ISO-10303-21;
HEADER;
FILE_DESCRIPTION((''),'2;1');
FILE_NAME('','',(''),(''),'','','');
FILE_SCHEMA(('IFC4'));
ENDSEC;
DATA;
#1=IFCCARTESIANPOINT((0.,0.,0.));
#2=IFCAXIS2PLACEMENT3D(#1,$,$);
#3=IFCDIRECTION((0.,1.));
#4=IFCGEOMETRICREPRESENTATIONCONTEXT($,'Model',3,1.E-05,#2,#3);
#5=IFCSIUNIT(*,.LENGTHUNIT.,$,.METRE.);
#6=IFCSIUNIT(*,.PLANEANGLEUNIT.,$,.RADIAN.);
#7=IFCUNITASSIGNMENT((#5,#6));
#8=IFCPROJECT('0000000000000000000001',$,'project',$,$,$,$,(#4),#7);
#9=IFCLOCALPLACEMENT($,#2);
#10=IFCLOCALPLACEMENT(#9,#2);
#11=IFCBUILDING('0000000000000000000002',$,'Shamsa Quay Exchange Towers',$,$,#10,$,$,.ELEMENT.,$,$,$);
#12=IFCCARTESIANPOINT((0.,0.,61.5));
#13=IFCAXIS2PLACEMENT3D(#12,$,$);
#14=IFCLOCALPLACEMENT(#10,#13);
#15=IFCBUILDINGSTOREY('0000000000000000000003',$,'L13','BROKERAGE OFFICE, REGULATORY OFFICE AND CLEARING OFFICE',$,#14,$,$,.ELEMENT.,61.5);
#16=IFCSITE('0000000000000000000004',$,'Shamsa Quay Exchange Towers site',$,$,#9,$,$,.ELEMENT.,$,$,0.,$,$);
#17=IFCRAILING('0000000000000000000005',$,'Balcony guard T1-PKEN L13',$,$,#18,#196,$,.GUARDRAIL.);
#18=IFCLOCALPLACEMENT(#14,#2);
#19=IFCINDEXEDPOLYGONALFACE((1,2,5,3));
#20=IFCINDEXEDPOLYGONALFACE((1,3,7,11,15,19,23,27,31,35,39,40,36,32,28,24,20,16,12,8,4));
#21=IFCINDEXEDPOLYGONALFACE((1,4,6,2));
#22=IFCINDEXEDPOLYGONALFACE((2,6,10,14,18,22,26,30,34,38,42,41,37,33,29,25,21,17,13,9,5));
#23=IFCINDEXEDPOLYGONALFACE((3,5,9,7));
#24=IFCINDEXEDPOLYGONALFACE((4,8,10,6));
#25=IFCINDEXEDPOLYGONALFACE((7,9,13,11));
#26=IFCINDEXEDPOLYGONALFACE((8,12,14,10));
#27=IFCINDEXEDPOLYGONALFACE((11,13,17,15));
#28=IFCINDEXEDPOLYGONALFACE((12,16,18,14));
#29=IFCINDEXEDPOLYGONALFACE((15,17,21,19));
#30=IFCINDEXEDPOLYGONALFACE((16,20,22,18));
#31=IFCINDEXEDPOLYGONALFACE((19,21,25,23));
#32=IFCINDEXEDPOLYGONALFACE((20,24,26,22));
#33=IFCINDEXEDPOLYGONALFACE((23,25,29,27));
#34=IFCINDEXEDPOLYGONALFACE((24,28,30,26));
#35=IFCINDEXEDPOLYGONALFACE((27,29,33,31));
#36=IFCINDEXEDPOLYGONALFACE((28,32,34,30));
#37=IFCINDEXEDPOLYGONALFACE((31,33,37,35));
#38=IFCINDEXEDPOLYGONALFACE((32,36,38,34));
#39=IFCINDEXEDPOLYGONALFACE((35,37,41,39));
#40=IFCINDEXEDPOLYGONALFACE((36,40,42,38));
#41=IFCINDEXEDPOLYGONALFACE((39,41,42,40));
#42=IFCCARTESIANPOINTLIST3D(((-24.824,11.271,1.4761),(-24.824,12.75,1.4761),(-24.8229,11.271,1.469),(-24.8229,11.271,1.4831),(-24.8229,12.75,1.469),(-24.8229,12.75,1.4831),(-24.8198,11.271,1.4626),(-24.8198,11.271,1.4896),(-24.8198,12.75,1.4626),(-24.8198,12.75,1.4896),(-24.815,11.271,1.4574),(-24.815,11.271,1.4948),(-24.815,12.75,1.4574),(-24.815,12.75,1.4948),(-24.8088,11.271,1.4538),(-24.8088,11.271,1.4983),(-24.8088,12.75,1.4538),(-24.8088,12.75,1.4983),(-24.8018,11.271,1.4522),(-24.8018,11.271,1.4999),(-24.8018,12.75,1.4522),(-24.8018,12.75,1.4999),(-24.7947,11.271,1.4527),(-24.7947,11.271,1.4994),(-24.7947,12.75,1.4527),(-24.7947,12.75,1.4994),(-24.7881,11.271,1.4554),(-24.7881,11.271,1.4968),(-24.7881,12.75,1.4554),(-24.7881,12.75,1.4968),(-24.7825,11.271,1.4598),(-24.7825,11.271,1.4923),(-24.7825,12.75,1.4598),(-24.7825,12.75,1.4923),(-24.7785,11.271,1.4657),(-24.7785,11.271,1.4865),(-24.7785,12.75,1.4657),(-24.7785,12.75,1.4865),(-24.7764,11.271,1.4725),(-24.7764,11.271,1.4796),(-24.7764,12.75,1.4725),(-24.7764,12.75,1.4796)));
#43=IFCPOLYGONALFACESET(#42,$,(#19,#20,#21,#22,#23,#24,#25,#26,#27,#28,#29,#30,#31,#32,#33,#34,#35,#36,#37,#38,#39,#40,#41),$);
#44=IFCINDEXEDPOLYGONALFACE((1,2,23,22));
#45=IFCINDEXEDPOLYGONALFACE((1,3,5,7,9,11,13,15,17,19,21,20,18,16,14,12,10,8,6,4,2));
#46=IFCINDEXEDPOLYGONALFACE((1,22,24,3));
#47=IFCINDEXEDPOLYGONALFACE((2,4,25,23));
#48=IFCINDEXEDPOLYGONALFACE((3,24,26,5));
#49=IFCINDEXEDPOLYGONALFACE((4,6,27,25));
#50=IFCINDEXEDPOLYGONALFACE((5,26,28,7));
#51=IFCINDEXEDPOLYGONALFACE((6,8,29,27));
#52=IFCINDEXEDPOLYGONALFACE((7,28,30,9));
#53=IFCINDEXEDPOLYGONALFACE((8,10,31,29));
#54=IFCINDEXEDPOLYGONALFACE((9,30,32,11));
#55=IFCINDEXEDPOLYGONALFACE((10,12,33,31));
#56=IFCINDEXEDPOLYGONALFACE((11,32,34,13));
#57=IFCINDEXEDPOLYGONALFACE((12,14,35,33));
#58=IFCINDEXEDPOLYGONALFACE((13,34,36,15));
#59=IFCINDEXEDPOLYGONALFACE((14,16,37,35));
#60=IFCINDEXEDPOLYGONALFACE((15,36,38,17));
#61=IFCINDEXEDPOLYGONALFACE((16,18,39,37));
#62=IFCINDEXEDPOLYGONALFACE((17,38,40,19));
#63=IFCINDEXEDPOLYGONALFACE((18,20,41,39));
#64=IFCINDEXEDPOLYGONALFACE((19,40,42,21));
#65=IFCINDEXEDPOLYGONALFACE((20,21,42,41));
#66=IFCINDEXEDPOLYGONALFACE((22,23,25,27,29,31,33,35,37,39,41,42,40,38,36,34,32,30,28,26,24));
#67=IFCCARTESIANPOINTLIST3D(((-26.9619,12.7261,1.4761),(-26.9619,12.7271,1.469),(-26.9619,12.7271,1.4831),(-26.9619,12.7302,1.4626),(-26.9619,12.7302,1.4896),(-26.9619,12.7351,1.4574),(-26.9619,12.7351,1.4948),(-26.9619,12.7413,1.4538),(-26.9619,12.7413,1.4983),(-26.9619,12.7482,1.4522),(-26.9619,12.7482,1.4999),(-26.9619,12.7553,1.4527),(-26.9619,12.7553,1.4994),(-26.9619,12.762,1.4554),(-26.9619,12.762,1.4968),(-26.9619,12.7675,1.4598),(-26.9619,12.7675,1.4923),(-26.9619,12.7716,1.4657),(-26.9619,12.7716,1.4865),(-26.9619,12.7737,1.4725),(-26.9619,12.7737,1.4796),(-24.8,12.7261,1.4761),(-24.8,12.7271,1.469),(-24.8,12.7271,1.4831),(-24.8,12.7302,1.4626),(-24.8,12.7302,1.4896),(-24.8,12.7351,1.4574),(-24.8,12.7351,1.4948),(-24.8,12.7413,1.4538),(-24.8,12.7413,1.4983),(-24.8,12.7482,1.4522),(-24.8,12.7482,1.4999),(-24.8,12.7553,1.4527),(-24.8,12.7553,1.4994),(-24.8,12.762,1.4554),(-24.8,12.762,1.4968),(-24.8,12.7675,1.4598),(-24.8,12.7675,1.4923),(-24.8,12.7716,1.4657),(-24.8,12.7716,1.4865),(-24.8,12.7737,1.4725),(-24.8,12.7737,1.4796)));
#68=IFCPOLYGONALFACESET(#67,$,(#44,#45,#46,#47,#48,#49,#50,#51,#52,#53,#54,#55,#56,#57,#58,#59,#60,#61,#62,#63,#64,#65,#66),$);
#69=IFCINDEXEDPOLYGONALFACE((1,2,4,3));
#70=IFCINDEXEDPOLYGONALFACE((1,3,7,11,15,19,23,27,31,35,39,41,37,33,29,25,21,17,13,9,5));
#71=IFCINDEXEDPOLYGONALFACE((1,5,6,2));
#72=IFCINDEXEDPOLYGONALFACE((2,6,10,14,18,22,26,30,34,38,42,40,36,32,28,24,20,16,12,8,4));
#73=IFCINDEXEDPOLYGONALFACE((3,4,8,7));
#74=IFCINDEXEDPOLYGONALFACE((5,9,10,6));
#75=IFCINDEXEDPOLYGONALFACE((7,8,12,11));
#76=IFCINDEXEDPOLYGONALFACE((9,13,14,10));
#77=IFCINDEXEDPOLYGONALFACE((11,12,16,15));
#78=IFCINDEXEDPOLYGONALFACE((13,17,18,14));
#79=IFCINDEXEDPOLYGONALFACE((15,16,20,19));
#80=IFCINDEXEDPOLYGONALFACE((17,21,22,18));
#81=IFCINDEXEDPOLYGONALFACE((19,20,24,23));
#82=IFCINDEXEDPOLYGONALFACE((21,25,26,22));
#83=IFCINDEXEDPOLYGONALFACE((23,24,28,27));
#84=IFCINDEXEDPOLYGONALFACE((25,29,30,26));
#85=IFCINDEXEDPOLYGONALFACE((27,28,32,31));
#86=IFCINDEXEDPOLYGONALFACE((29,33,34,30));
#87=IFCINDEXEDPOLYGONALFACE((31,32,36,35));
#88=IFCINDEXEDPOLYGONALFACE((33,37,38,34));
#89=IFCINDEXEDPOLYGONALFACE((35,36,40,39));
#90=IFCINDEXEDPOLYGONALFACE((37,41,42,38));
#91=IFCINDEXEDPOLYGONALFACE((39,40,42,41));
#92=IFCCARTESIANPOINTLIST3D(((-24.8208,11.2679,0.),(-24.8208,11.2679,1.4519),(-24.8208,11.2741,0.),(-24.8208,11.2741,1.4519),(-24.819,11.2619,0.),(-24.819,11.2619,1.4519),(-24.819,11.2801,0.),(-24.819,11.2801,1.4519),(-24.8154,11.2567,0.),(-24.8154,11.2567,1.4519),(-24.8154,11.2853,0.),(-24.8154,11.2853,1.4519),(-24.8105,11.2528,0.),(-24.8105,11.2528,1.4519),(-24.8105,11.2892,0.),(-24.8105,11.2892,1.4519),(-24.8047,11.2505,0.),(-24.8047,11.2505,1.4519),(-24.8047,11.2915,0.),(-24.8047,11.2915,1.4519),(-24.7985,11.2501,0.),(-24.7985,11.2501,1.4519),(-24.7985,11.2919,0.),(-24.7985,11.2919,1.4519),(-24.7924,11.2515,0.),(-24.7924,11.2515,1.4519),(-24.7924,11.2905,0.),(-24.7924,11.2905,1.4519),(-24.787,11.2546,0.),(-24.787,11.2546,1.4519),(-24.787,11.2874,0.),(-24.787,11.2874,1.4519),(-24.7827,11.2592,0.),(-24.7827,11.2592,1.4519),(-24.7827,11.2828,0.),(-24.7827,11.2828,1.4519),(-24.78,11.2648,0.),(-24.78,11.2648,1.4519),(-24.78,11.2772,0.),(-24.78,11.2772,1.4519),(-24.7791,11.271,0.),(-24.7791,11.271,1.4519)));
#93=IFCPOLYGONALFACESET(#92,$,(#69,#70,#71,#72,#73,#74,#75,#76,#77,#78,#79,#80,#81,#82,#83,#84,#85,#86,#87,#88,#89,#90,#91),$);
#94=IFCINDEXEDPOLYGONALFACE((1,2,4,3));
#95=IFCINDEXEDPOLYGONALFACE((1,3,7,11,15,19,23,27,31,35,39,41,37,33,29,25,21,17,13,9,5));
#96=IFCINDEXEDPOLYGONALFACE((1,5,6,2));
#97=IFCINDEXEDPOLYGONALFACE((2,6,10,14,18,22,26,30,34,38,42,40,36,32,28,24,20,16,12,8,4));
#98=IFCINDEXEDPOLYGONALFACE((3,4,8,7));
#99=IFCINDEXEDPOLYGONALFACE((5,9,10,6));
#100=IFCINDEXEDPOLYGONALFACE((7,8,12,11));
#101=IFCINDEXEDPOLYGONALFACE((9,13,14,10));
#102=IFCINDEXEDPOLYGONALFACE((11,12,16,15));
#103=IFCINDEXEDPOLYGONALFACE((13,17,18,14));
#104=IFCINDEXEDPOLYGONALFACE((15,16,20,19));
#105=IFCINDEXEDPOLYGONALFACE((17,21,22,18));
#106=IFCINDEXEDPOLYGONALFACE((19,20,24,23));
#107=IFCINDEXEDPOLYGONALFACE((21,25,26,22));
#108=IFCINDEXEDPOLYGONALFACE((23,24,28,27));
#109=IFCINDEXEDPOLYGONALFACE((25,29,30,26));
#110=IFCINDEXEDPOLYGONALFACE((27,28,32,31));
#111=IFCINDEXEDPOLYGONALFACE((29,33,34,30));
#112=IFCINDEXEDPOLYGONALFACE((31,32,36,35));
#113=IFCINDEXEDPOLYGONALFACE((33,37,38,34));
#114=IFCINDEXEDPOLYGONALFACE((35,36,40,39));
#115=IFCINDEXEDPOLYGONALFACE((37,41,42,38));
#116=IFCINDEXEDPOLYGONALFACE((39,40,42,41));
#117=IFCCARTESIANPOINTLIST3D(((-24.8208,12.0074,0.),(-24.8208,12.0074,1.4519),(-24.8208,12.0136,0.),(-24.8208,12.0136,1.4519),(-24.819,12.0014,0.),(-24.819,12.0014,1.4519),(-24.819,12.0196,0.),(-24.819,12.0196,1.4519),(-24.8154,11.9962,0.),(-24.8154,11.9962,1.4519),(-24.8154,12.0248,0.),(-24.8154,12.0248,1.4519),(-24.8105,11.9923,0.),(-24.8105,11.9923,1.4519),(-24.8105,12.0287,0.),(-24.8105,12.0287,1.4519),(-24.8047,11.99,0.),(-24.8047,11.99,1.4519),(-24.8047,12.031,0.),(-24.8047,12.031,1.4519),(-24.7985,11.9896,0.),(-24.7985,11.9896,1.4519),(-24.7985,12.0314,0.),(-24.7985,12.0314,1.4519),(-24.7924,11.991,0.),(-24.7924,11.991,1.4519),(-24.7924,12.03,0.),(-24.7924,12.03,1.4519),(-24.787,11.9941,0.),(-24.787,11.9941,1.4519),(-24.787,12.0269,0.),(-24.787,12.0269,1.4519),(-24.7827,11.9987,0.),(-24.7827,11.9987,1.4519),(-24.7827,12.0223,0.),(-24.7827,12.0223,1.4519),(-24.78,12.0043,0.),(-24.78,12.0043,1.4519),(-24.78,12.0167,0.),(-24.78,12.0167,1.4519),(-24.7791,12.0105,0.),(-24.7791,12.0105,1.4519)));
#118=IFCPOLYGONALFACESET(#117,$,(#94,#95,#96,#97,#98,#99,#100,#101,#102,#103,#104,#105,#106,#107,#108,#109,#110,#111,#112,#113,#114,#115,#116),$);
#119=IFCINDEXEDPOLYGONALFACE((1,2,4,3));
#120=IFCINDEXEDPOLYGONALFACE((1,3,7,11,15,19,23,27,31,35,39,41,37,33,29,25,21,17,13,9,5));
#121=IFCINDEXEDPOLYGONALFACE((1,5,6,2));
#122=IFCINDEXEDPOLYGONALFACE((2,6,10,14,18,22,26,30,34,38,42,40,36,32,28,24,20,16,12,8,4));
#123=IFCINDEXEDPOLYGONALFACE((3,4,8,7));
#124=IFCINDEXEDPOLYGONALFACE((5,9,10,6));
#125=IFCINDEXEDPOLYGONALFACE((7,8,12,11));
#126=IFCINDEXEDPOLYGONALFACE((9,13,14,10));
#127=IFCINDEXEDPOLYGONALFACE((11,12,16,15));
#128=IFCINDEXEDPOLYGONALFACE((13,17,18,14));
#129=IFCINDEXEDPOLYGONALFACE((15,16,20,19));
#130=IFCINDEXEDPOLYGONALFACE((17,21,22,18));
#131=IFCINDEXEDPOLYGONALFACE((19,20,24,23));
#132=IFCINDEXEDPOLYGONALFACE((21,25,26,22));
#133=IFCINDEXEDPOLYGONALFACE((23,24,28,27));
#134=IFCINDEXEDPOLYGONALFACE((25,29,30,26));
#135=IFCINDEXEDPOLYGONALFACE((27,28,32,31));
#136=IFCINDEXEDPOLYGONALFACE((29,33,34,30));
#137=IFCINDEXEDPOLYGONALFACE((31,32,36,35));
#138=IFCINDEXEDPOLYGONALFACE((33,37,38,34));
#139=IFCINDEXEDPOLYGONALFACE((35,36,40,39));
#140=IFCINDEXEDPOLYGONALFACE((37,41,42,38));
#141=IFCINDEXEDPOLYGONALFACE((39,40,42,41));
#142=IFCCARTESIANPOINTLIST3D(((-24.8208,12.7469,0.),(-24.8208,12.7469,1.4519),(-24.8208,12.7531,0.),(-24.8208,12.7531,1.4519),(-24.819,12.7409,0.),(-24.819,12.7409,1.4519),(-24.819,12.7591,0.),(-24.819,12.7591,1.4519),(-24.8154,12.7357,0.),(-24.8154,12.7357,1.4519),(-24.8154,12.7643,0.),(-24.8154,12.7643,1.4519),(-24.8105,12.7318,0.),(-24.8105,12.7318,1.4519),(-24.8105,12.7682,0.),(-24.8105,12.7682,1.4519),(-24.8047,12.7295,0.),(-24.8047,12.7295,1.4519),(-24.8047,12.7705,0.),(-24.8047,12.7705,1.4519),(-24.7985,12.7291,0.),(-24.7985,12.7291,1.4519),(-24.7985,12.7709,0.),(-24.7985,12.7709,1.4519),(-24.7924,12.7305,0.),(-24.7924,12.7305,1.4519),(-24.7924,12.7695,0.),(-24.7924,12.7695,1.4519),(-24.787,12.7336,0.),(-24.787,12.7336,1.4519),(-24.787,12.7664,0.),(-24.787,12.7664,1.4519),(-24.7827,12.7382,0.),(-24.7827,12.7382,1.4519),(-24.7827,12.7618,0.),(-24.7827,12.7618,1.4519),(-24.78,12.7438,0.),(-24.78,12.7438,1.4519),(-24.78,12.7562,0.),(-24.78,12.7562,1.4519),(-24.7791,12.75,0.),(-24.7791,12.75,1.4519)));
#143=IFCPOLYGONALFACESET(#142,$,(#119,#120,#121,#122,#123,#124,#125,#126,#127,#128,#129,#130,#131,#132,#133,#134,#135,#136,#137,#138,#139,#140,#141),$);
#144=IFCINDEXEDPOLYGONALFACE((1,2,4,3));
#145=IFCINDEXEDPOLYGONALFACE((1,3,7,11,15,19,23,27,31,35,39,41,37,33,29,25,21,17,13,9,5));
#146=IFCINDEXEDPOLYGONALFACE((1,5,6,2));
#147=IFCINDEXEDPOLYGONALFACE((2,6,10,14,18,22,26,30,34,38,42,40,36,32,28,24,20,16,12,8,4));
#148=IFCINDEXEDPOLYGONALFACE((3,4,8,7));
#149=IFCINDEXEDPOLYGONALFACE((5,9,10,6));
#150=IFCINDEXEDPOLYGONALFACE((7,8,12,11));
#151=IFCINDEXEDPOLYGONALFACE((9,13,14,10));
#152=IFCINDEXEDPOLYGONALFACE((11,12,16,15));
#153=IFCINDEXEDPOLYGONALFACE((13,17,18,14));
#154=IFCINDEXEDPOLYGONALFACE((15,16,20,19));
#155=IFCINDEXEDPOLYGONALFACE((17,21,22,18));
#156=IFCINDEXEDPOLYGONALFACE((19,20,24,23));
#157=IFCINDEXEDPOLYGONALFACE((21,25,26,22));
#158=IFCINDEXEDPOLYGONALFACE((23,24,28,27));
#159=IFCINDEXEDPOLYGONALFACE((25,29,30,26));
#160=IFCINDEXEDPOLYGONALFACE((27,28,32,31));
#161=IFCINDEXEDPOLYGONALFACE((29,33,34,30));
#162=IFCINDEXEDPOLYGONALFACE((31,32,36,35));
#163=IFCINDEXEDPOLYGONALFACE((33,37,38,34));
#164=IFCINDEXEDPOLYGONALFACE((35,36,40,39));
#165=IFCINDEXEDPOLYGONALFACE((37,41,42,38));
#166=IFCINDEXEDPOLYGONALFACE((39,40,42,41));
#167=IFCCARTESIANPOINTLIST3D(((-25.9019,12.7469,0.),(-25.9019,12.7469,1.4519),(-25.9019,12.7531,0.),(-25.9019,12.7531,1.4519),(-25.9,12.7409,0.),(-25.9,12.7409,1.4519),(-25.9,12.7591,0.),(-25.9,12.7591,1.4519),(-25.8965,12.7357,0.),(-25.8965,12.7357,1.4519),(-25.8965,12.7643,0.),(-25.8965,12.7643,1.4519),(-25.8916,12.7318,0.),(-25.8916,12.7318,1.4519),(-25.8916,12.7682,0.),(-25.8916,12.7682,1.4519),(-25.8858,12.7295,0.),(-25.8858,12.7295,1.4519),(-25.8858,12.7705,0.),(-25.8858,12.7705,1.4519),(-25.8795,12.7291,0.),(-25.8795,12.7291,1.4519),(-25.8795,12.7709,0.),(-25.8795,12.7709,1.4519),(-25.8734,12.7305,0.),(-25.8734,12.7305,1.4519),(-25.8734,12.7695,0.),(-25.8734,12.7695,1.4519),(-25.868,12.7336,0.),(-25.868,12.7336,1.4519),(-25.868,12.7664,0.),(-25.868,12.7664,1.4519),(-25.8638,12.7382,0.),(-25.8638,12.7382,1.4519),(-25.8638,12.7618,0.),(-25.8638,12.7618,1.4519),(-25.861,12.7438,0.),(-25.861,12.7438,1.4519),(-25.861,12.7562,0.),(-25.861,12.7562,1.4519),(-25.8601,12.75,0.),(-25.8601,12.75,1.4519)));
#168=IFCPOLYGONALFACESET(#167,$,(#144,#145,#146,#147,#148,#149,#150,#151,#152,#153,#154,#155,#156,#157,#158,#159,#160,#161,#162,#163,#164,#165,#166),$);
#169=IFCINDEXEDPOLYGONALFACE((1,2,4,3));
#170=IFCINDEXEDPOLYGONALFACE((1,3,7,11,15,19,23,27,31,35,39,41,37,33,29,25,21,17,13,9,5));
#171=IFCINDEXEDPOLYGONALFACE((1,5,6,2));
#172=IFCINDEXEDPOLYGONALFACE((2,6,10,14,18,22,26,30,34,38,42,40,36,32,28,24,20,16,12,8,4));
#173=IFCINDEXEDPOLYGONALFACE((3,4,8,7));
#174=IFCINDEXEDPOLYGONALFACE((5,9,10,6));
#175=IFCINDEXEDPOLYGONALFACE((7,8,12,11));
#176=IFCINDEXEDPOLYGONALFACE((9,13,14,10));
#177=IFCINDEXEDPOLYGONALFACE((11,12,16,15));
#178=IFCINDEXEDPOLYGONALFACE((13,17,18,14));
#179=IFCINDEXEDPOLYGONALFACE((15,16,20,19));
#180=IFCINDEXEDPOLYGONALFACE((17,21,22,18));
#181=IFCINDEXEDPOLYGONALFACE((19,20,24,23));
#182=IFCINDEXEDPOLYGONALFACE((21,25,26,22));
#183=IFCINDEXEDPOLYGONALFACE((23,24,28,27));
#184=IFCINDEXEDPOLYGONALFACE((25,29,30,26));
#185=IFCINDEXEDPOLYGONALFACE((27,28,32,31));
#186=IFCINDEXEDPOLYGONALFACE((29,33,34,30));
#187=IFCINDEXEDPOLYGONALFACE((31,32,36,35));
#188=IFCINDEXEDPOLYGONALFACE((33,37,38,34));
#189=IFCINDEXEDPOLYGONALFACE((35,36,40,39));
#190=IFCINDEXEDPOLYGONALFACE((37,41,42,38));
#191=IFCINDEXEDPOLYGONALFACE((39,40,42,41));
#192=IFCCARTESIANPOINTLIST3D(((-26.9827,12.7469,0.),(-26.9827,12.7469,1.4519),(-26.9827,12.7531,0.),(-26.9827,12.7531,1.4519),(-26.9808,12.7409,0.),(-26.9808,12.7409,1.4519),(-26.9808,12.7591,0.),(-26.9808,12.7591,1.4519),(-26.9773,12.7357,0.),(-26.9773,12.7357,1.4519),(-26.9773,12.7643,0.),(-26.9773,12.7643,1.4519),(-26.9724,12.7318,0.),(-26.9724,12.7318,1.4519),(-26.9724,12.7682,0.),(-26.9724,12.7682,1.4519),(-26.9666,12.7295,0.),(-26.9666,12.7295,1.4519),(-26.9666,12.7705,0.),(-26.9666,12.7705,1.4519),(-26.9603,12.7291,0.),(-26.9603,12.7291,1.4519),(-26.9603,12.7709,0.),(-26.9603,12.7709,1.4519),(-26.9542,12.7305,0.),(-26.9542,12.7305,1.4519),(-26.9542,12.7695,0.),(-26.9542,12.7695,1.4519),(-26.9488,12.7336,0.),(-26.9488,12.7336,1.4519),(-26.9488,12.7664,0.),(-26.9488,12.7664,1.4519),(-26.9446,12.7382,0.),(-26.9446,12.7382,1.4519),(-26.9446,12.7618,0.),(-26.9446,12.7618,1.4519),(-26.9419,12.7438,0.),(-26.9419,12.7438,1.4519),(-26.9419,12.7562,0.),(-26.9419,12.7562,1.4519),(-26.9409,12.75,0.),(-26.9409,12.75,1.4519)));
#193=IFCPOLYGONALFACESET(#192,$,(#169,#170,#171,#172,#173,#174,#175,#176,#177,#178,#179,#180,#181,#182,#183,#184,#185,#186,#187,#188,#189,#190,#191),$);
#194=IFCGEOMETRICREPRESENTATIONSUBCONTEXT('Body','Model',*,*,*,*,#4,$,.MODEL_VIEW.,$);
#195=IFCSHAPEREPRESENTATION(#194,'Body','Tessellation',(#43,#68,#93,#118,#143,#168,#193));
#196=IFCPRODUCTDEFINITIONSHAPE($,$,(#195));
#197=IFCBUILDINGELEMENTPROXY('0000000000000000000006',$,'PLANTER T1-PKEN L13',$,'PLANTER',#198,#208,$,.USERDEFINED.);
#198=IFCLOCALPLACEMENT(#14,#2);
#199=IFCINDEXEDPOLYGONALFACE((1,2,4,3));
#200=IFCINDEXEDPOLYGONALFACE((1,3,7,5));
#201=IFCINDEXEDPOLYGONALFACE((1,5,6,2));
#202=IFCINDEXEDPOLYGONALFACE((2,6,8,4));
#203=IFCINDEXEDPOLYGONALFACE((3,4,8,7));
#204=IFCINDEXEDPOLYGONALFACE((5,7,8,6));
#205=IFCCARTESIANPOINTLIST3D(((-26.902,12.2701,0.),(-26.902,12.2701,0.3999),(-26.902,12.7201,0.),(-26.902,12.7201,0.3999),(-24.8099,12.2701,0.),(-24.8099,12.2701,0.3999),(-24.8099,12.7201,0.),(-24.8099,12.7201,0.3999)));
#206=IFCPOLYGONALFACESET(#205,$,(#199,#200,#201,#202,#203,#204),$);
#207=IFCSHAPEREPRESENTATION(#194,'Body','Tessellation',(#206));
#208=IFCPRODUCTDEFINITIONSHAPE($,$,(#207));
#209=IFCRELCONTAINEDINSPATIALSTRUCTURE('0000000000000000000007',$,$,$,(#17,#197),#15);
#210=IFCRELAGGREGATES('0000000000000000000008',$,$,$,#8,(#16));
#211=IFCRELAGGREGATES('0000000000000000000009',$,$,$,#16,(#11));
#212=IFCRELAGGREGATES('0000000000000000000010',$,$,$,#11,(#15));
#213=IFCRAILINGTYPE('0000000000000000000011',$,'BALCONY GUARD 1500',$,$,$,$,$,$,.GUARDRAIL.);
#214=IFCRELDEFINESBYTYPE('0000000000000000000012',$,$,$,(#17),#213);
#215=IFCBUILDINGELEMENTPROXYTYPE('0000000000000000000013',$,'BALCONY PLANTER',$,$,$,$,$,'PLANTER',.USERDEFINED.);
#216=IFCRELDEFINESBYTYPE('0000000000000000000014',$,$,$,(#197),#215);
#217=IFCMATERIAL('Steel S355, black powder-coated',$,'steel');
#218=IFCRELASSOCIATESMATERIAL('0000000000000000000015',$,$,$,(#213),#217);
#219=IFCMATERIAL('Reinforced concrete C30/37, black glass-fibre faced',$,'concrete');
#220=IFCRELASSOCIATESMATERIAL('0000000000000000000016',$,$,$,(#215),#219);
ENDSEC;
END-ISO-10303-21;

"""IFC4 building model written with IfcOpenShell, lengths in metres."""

from ifc_helpers import new_model, si_unit, direction, frame, origin, origin_2d, place, context, subcontext, project, spatial, rectangle, circle, extrude, material, type_object, element, save


model = new_model("IFC4")

# Units and contexts
model_context = context("Model", 3, precision=1e-05, world=origin(), true_north=direction((0.0, 1.0)))
body_context = subcontext(model_context, "Body", "Model", "MODEL_VIEW")
ifc_project = project(units=[si_unit("LENGTHUNIT", "METRE"), si_unit("PLANEANGLEUNIT", "RADIAN")], contexts=[model_context])

# Site, building, storey
site_placement = place(None, origin())
site = spatial("IfcSite", under=ifc_project, at=site_placement, Name="Shamsa Quay Exchange Towers site", CompositionType="ELEMENT", RefElevation=0.0)
building_placement = place(site_placement, origin())
building = spatial("IfcBuilding", under=site, at=building_placement, Name="Shamsa Quay Exchange Towers", CompositionType="ELEMENT")
storey_placement = place(building_placement, frame((0.0, 0.0, 61.5)))
storey = spatial("IfcBuildingStorey", under=building, at=storey_placement, Name="L13", Description="BROKERAGE OFFICE, REGULATORY OFFICE AND CLEARING OFFICE", CompositionType="ELEMENT", Elevation=61.5)

# Railing
ifc_material_1 = material(Name="Steel S355, black powder-coated", Category="steel")
railing_type = type_object("IfcRailingType", Name="BALCONY GUARD 1500", PredefinedType="GUARDRAIL", material=ifc_material_1)
railing_placement = place(storey_placement, frame((-24.8, 11.271, 0.0)))
element("IfcRailing", 1, at=railing_placement, inside=storey, type_object=railing_type, Name="Balcony guard T1-PKEN L13", PredefinedType="GUARDRAIL", context=body_context, shape_type="SweptSolid", body=[
    extrude(circle(Radius=0.0239, at=origin_2d()), frame((0.0, 0.0, 1.4761), z_axis=(0.0, 1.0, 0.0), x_axis=(-1.0, 0.0, 0.0)), (0.0, 0.0, 1.0), 1.479),
    extrude(circle(Radius=0.0239, at=origin_2d()), frame((0.0, 1.479, 1.4761), z_axis=(-1.0, 0.0, 0.0), x_axis=(0.0, -1.0, 0.0)), (0.0, 0.0, 1.0), 2.1619),
    extrude(circle(Radius=0.021, at=origin_2d()), origin(), (0.0, 0.0, 1.0), 1.4519),
    extrude(circle(Radius=0.021, at=origin_2d()), frame((0.0, 0.7395, 0.0)), (0.0, 0.0, 1.0), 1.4519),
    extrude(circle(Radius=0.021, at=origin_2d()), frame((0.0, 1.479, 0.0)), (0.0, 0.0, 1.0), 1.4519),
    extrude(circle(Radius=0.021, at=origin_2d()), frame((-1.0811, 1.479, 0.0)), (0.0, 0.0, 1.0), 1.4519),
    extrude(circle(Radius=0.021, at=origin_2d()), frame((-2.1619, 1.479, 0.0)), (0.0, 0.0, 1.0), 1.4519),
])

# Building element proxy
ifc_material_2 = material(Name="Reinforced concrete C30/37, black glass-fibre faced", Category="concrete")
building_element_proxy_type = type_object("IfcBuildingElementProxyType", Name="BALCONY PLANTER", ElementType="PLANTER", PredefinedType="USERDEFINED", material=ifc_material_2)
proxy_placement = place(storey_placement, frame((-25.856, 12.4951, 0.0), z_axis=(0.0, 0.0, 1.0), x_axis=(-1.0, 0.0, 0.0)))
element("IfcBuildingElementProxy", 2, at=proxy_placement, inside=storey, type_object=building_element_proxy_type, Name="PLANTER T1-PKEN L13", ObjectType="PLANTER", PredefinedType="USERDEFINED", context=body_context, shape_type="SweptSolid", body=[
    extrude(rectangle(XDim=2.092, YDim=0.45, at=origin_2d()), origin(), (0.0, 0.0, 1.0), 0.3999),
])

save(model, "model.ifc")
